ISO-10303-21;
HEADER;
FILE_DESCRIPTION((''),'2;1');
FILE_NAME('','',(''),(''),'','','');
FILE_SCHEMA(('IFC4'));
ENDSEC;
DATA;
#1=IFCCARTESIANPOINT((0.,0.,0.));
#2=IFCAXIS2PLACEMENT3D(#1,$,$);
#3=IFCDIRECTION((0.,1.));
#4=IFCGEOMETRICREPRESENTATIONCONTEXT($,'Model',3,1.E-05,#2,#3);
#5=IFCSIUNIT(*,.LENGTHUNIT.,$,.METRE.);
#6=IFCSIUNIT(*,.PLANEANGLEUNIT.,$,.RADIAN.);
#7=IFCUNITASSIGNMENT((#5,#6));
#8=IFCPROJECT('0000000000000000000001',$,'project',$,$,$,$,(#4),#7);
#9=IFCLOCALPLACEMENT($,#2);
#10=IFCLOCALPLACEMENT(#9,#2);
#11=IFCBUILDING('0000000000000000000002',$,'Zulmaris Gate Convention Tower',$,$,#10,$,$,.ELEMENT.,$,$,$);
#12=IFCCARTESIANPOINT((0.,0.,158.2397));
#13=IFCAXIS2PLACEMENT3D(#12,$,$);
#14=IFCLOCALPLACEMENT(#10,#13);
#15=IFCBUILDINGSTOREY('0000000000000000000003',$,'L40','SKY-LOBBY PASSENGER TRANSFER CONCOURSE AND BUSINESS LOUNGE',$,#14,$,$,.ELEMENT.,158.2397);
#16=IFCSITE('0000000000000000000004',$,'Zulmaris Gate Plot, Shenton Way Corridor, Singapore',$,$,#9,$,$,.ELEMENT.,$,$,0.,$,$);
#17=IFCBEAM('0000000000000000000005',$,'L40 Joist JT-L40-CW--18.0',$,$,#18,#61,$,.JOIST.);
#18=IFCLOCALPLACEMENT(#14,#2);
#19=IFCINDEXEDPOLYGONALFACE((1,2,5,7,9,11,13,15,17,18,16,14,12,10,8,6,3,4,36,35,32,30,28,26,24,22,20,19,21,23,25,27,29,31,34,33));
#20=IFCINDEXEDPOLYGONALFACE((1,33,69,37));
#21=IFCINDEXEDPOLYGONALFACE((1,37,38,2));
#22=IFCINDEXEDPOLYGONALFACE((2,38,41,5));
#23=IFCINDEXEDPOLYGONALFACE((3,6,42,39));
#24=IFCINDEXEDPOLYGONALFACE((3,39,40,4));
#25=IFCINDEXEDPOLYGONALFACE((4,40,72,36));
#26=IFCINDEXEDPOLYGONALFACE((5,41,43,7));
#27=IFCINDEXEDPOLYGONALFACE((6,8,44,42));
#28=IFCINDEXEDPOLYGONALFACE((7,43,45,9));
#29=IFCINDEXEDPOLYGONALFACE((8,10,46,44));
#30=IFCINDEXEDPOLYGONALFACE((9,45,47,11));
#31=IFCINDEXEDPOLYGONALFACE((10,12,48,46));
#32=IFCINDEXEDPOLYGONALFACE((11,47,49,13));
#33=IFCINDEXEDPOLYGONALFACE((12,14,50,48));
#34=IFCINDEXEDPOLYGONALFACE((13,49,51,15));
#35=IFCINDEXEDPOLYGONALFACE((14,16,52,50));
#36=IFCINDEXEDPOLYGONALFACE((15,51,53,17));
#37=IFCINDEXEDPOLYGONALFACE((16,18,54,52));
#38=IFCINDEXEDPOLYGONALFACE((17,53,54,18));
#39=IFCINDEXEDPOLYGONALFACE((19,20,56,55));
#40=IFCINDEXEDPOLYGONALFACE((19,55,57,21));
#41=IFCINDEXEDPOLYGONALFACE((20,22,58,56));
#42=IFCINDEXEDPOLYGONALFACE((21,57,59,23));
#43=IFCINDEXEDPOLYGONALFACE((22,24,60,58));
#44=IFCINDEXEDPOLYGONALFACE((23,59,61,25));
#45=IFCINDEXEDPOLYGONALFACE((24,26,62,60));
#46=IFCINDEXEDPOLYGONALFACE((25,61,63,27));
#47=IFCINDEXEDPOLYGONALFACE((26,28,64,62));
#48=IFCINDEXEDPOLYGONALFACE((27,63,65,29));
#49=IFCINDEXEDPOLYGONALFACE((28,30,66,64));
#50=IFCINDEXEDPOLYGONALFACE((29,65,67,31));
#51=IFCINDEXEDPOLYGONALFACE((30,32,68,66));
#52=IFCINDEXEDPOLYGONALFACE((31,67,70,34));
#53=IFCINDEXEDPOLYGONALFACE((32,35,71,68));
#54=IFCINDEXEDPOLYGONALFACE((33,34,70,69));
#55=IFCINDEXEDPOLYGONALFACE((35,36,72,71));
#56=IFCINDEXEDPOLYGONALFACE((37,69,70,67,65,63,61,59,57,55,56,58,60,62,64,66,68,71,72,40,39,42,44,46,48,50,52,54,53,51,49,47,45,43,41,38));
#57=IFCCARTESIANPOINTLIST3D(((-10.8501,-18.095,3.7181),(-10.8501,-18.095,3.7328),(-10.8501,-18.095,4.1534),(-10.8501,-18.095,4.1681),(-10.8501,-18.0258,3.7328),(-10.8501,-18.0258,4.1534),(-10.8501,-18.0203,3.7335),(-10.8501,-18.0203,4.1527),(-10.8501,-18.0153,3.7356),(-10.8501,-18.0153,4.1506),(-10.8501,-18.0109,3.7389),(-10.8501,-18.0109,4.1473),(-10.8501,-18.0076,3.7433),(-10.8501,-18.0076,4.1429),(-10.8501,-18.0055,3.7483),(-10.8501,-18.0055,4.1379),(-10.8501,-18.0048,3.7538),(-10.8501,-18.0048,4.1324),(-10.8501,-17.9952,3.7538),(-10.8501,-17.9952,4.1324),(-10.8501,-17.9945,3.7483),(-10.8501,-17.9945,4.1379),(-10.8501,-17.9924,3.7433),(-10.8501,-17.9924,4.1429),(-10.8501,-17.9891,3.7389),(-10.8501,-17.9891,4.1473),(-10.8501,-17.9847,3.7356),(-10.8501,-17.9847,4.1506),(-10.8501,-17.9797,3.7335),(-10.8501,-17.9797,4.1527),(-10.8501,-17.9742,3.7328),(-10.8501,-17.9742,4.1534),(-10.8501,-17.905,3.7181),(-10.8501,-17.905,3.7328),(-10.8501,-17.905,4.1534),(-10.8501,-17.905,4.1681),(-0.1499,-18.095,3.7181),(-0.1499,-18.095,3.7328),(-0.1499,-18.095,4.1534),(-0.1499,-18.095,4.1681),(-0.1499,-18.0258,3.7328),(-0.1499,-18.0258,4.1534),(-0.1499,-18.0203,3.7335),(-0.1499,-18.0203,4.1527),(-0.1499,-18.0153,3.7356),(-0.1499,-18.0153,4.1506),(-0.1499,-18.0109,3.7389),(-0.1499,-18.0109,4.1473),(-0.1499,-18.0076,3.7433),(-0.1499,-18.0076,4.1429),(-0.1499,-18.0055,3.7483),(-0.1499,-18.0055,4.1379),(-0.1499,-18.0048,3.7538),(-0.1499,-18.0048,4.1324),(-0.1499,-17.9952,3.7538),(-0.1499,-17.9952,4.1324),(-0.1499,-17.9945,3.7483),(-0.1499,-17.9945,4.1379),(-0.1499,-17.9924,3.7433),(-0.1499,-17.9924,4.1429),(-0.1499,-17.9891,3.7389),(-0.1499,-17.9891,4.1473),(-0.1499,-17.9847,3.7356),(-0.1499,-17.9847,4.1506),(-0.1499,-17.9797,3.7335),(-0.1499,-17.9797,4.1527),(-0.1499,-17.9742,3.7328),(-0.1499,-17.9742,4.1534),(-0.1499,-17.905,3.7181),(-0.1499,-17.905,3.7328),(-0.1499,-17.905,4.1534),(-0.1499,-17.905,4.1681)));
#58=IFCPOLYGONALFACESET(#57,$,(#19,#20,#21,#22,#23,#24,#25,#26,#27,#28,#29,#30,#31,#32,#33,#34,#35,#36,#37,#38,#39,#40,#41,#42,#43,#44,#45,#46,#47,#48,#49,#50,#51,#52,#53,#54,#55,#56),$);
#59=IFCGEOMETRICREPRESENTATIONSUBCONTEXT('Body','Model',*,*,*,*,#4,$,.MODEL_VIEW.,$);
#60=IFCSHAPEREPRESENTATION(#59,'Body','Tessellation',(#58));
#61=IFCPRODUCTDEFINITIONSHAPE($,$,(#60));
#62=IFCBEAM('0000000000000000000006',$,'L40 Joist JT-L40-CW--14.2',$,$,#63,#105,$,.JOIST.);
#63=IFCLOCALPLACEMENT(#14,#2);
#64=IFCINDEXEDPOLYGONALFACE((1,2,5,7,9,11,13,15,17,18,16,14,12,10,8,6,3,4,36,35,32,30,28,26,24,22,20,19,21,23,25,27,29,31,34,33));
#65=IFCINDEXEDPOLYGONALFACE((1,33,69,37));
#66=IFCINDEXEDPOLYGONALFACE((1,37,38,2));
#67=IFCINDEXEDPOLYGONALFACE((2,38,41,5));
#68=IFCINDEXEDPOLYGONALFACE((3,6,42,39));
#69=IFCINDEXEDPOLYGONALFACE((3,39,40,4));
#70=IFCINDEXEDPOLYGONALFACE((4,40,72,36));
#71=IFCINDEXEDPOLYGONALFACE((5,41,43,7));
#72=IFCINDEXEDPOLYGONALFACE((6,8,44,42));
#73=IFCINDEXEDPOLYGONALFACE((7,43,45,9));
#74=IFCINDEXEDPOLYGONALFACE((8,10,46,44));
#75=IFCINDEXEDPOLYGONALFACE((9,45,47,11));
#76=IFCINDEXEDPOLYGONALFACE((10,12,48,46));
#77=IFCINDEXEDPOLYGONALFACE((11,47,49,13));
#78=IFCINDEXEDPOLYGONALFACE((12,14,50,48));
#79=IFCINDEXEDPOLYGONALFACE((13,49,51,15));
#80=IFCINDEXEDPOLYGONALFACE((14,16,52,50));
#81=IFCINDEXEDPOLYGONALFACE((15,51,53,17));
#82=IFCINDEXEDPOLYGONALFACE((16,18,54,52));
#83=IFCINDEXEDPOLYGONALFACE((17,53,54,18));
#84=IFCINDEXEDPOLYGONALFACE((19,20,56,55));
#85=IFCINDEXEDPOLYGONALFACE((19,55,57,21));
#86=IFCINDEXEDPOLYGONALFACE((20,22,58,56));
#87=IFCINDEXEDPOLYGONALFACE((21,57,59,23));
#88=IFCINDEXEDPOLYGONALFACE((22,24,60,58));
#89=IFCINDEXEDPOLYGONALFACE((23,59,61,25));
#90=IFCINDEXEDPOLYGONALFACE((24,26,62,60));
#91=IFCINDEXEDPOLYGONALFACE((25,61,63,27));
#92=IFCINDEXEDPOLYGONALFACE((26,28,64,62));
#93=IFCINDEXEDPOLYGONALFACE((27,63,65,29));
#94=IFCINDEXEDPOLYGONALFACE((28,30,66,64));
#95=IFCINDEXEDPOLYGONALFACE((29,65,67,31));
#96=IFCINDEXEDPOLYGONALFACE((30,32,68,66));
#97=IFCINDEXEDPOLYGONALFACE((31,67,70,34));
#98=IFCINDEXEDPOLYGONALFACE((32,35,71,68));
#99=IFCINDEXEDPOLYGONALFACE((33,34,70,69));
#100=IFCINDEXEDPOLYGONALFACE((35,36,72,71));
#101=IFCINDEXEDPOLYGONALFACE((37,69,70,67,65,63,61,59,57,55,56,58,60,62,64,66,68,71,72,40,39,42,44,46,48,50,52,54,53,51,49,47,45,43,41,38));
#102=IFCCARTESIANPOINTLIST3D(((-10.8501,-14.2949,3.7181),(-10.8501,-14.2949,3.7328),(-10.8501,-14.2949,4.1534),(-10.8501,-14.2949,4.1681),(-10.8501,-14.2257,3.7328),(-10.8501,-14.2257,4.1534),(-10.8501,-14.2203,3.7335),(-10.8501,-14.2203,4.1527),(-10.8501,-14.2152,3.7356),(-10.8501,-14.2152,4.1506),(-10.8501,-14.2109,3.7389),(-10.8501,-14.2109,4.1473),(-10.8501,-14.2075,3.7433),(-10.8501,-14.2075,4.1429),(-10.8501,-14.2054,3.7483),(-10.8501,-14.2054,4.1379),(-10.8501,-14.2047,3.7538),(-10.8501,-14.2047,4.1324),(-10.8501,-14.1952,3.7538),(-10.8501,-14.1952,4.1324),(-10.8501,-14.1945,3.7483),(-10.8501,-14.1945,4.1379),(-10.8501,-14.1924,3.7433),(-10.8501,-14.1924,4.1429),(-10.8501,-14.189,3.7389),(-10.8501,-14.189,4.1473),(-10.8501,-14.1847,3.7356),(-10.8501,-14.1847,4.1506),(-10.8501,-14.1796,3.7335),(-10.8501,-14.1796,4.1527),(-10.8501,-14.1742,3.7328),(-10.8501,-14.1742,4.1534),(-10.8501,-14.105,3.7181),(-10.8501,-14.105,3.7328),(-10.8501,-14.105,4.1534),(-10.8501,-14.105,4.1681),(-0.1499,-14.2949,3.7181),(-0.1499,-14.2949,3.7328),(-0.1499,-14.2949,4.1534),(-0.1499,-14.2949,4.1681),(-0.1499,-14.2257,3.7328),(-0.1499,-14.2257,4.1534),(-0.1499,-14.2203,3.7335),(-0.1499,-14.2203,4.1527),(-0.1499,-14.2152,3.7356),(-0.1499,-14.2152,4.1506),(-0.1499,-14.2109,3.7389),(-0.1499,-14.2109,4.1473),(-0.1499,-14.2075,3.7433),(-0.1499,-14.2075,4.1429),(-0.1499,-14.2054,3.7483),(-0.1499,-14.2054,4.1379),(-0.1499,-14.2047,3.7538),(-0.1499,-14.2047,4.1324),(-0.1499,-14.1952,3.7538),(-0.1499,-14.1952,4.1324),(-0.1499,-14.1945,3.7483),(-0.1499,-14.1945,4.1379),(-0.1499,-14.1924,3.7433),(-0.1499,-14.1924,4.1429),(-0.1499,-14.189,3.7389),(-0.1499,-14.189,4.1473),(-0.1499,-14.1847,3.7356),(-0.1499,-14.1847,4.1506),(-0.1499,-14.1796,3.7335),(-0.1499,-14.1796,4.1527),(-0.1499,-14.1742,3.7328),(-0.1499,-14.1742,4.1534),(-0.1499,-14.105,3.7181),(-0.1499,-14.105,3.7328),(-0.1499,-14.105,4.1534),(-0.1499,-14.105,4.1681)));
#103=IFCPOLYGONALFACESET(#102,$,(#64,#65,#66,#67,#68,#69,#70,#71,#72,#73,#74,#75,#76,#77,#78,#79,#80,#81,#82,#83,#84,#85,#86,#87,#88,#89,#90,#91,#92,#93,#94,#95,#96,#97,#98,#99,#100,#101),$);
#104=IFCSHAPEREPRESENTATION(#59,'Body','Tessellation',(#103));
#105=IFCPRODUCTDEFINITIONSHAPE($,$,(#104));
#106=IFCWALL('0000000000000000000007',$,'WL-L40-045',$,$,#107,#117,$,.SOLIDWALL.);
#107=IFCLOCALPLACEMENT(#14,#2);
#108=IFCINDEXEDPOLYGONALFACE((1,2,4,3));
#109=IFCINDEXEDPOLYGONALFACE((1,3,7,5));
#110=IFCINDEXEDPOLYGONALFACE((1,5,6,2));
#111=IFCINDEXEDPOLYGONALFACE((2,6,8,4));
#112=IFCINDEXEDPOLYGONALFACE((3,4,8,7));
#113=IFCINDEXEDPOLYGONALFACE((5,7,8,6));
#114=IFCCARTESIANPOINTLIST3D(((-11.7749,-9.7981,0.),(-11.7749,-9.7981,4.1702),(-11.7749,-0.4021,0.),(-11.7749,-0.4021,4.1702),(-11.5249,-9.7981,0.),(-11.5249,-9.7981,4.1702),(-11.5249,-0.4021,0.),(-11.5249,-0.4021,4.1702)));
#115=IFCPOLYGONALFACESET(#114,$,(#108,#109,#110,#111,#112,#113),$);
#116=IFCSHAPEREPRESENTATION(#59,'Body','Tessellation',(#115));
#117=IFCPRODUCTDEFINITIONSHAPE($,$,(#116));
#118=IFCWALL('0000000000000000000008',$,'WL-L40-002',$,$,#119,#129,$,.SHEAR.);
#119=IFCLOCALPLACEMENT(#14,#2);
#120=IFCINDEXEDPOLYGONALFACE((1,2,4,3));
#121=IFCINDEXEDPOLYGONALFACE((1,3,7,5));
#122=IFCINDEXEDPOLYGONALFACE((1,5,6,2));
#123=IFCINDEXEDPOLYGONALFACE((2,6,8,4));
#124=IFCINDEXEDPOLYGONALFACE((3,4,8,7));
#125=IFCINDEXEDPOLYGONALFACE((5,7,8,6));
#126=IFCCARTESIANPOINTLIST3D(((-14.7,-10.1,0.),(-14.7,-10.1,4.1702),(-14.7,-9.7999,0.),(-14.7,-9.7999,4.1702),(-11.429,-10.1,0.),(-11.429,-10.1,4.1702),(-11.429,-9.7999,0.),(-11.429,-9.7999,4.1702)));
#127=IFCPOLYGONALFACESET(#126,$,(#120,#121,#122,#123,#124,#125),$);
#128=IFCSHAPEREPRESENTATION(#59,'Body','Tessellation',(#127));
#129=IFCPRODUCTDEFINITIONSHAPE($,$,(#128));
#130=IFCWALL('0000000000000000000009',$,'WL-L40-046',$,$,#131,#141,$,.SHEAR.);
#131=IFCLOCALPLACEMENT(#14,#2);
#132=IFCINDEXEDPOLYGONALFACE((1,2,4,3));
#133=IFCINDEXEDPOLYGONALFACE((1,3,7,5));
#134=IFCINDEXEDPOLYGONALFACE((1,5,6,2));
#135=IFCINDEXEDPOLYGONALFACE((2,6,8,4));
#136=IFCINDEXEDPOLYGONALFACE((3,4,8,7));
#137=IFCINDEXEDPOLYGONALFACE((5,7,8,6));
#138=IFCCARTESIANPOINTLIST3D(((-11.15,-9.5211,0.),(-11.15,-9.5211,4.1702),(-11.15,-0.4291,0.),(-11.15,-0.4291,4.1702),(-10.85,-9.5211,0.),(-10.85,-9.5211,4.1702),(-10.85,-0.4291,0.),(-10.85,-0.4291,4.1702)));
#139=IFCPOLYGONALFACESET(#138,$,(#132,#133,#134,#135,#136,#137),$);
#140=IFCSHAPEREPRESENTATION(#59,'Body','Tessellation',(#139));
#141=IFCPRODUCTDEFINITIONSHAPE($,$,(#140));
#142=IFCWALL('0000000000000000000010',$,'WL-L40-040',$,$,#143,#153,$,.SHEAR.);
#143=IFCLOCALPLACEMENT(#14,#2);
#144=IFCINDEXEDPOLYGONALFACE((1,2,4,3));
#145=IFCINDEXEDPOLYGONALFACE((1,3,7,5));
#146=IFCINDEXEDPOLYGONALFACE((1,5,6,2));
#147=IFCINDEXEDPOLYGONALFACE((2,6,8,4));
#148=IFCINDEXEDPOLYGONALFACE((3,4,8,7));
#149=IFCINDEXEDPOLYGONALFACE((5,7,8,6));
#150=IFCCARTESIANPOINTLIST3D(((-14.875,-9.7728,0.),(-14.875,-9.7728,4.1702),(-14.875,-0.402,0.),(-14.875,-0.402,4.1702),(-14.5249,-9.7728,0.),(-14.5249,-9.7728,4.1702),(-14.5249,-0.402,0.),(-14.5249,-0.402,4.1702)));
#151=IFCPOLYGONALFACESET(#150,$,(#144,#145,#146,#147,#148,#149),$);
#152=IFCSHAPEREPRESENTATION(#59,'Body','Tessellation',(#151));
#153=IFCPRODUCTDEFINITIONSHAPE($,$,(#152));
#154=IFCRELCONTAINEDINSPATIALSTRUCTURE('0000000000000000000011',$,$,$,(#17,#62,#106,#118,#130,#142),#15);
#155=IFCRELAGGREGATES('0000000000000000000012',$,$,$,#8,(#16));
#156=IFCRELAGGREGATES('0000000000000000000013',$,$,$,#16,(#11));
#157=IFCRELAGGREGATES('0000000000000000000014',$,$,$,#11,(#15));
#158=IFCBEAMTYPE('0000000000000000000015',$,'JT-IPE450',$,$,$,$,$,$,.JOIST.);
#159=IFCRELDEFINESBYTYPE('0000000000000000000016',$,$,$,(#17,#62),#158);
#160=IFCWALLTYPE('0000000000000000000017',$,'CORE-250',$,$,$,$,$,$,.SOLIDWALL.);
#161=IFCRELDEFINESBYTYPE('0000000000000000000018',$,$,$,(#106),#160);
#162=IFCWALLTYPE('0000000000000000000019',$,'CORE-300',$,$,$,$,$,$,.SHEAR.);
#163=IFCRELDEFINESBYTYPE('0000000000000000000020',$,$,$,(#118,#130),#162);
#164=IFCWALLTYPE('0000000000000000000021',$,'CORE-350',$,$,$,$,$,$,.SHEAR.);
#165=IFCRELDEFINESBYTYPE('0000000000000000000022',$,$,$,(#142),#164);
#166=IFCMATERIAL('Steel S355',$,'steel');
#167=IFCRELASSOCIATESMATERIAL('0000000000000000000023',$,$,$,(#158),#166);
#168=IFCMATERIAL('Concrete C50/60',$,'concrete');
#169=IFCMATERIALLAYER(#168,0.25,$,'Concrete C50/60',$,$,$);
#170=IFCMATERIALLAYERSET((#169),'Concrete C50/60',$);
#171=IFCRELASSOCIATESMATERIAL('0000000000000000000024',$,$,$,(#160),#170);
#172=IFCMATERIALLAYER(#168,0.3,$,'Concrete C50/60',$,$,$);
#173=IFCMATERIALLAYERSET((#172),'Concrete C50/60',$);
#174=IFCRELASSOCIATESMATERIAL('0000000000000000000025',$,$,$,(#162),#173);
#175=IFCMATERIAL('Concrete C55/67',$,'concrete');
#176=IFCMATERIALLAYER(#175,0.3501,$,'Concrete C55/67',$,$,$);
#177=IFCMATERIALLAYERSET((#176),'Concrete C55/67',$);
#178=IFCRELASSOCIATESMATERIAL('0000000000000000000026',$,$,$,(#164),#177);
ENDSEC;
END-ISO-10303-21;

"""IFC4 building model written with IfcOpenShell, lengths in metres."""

from ifc_helpers import new_model, si_unit, direction, frame, frame_2d, origin, origin_2d, place, context, subcontext, project, spatial, rectangle, i_section, extrude, material, layer, layer_set, material_profile, profile_set, type_object, element, save


model = new_model("IFC4")

# Units and contexts
model_context = context("Model", 3, precision=1e-05, world=origin(), true_north=direction((0.0, 1.0)))
body_context = subcontext(model_context, "Body", "Model", "MODEL_VIEW")
ifc_project = project(units=[si_unit("LENGTHUNIT", "METRE"), si_unit("PLANEANGLEUNIT", "RADIAN")], contexts=[model_context])

# Site, building, storey
site_placement = place(None, origin())
site = spatial("IfcSite", under=ifc_project, at=site_placement, Name="Zulmaris Gate Plot, Shenton Way Corridor, Singapore", CompositionType="ELEMENT", RefElevation=0.0)
building_placement = place(site_placement, origin())
building = spatial("IfcBuilding", under=site, at=building_placement, Name="Zulmaris Gate Convention Tower", CompositionType="ELEMENT")
storey_placement = place(building_placement, frame((0.0, 0.0, 158.2397)))
storey = spatial("IfcBuildingStorey", under=building, at=storey_placement, Name="L40", Description="SKY-LOBBY PASSENGER TRANSFER CONCOURSE AND BUSINESS LOUNGE", CompositionType="ELEMENT", Elevation=158.2397)

# Beams
ifc_material_1 = material(Name="Steel S355", Category="steel")
ifc_material_profile_1 = material_profile(ifc_material_1, i_section(OverallWidth=0.1899, OverallDepth=0.45, WebThickness=0.0095, FlangeThickness=0.0146, FilletRadius=0.021, at=origin_2d()), Name="IPE 450")
ifc_profile_set_1 = profile_set([ifc_material_profile_1], Name="Steel S355")
beam_type_1 = type_object("IfcBeamType", Name="JT-IPE450", PredefinedType="JOIST", material=ifc_profile_set_1)
for number, where, z_axis, x_axis, name in (
    (1, (-10.8501, -18.0, 3.9431), (1.0, 0.0, 0.0), (0.0, 1.0, 0.0), "L40 Joist JT-L40-CW--18.0"),
    (2, (-10.8501, -14.2, 3.9431), (1.0, 0.0, 0.0), (0.0, 1.0, 0.0), "L40 Joist JT-L40-CW--14.2"),
):
    element("IfcBeam", number, at=place(storey_placement, frame(where, z_axis=z_axis, x_axis=x_axis)), inside=storey, type_object=beam_type_1, Name=name, PredefinedType="JOIST", context=body_context, shape_type="SweptSolid", body=[
        extrude(i_section(OverallWidth=0.1899, OverallDepth=0.45, WebThickness=0.0095, FlangeThickness=0.0146, FilletRadius=0.021, at=origin_2d()), origin(), (0.0, 0.0, 1.0), 10.7002),
    ])

# Walls
ifc_material_2 = material(Name="Concrete C50/60", Category="concrete")
ifc_layer_1 = layer(ifc_material_2, 0.25, Name="Concrete C50/60")
ifc_layer_set_1 = layer_set([ifc_layer_1], Name="Concrete C50/60")
wall_type_1 = type_object("IfcWallType", Name="CORE-250", PredefinedType="SOLIDWALL", material=ifc_layer_set_1)
wall_1_placement = place(storey_placement, frame((-11.6499, -9.7981, 0.0), z_axis=(0.0, 0.0, 1.0), x_axis=(0.0, 1.0, 0.0)))
element("IfcWall", 3, at=wall_1_placement, inside=storey, type_object=wall_type_1, Name="WL-L40-045", PredefinedType="SOLIDWALL", context=body_context, shape_type="SweptSolid", body=[
    extrude(rectangle(XDim=9.396, YDim=0.25, at=frame_2d((4.698, 0.0))), origin(), (0.0, 0.0, 1.0), 4.1702),
])
ifc_layer_2 = layer(ifc_material_2, 0.3, Name="Concrete C50/60")
ifc_layer_set_2 = layer_set([ifc_layer_2], Name="Concrete C50/60")
wall_type_2 = type_object("IfcWallType", Name="CORE-300", PredefinedType="SHEAR", material=ifc_layer_set_2)
wall_2_placement = place(storey_placement, frame((-14.7, -9.95, 0.0), z_axis=(0.0, 0.0, 1.0), x_axis=(1.0, 0.0, 0.0)))
element("IfcWall", 4, at=wall_2_placement, inside=storey, type_object=wall_type_2, Name="WL-L40-002", PredefinedType="SHEAR", context=body_context, shape_type="SweptSolid", body=[
    extrude(rectangle(XDim=3.271, YDim=0.3, at=frame_2d((1.6355, 0.0))), origin(), (0.0, 0.0, 1.0), 4.1702),
])
wall_3_placement = place(storey_placement, frame((-11.0, -9.521, 0.0), z_axis=(0.0, 0.0, 1.0), x_axis=(0.0, 1.0, 0.0)))
element("IfcWall", 5, at=wall_3_placement, inside=storey, type_object=wall_type_2, Name="WL-L40-046", PredefinedType="SHEAR", context=body_context, shape_type="SweptSolid", body=[
    extrude(rectangle(XDim=9.092, YDim=0.3, at=frame_2d((4.5459, 0.0))), origin(), (0.0, 0.0, 1.0), 4.1702),
])
ifc_material_3 = material(Name="Concrete C55/67", Category="concrete")
ifc_layer_3 = layer(ifc_material_3, 0.3501, Name="Concrete C55/67")
ifc_layer_set_3 = layer_set([ifc_layer_3], Name="Concrete C55/67")
wall_type_3 = type_object("IfcWallType", Name="CORE-350", PredefinedType="SHEAR", material=ifc_layer_set_3)
wall_4_placement = place(storey_placement, frame((-14.7, -9.7729, 0.0), z_axis=(0.0, 0.0, 1.0), x_axis=(0.0, 1.0, 0.0)))
element("IfcWall", 6, at=wall_4_placement, inside=storey, type_object=wall_type_3, Name="WL-L40-040", PredefinedType="SHEAR", context=body_context, shape_type="SweptSolid", body=[
    extrude(rectangle(XDim=9.3708, YDim=0.3501, at=frame_2d((4.6855, 0.0))), origin(), (0.0, 0.0, 1.0), 4.1702),
])

save(model, "model.ifc")
